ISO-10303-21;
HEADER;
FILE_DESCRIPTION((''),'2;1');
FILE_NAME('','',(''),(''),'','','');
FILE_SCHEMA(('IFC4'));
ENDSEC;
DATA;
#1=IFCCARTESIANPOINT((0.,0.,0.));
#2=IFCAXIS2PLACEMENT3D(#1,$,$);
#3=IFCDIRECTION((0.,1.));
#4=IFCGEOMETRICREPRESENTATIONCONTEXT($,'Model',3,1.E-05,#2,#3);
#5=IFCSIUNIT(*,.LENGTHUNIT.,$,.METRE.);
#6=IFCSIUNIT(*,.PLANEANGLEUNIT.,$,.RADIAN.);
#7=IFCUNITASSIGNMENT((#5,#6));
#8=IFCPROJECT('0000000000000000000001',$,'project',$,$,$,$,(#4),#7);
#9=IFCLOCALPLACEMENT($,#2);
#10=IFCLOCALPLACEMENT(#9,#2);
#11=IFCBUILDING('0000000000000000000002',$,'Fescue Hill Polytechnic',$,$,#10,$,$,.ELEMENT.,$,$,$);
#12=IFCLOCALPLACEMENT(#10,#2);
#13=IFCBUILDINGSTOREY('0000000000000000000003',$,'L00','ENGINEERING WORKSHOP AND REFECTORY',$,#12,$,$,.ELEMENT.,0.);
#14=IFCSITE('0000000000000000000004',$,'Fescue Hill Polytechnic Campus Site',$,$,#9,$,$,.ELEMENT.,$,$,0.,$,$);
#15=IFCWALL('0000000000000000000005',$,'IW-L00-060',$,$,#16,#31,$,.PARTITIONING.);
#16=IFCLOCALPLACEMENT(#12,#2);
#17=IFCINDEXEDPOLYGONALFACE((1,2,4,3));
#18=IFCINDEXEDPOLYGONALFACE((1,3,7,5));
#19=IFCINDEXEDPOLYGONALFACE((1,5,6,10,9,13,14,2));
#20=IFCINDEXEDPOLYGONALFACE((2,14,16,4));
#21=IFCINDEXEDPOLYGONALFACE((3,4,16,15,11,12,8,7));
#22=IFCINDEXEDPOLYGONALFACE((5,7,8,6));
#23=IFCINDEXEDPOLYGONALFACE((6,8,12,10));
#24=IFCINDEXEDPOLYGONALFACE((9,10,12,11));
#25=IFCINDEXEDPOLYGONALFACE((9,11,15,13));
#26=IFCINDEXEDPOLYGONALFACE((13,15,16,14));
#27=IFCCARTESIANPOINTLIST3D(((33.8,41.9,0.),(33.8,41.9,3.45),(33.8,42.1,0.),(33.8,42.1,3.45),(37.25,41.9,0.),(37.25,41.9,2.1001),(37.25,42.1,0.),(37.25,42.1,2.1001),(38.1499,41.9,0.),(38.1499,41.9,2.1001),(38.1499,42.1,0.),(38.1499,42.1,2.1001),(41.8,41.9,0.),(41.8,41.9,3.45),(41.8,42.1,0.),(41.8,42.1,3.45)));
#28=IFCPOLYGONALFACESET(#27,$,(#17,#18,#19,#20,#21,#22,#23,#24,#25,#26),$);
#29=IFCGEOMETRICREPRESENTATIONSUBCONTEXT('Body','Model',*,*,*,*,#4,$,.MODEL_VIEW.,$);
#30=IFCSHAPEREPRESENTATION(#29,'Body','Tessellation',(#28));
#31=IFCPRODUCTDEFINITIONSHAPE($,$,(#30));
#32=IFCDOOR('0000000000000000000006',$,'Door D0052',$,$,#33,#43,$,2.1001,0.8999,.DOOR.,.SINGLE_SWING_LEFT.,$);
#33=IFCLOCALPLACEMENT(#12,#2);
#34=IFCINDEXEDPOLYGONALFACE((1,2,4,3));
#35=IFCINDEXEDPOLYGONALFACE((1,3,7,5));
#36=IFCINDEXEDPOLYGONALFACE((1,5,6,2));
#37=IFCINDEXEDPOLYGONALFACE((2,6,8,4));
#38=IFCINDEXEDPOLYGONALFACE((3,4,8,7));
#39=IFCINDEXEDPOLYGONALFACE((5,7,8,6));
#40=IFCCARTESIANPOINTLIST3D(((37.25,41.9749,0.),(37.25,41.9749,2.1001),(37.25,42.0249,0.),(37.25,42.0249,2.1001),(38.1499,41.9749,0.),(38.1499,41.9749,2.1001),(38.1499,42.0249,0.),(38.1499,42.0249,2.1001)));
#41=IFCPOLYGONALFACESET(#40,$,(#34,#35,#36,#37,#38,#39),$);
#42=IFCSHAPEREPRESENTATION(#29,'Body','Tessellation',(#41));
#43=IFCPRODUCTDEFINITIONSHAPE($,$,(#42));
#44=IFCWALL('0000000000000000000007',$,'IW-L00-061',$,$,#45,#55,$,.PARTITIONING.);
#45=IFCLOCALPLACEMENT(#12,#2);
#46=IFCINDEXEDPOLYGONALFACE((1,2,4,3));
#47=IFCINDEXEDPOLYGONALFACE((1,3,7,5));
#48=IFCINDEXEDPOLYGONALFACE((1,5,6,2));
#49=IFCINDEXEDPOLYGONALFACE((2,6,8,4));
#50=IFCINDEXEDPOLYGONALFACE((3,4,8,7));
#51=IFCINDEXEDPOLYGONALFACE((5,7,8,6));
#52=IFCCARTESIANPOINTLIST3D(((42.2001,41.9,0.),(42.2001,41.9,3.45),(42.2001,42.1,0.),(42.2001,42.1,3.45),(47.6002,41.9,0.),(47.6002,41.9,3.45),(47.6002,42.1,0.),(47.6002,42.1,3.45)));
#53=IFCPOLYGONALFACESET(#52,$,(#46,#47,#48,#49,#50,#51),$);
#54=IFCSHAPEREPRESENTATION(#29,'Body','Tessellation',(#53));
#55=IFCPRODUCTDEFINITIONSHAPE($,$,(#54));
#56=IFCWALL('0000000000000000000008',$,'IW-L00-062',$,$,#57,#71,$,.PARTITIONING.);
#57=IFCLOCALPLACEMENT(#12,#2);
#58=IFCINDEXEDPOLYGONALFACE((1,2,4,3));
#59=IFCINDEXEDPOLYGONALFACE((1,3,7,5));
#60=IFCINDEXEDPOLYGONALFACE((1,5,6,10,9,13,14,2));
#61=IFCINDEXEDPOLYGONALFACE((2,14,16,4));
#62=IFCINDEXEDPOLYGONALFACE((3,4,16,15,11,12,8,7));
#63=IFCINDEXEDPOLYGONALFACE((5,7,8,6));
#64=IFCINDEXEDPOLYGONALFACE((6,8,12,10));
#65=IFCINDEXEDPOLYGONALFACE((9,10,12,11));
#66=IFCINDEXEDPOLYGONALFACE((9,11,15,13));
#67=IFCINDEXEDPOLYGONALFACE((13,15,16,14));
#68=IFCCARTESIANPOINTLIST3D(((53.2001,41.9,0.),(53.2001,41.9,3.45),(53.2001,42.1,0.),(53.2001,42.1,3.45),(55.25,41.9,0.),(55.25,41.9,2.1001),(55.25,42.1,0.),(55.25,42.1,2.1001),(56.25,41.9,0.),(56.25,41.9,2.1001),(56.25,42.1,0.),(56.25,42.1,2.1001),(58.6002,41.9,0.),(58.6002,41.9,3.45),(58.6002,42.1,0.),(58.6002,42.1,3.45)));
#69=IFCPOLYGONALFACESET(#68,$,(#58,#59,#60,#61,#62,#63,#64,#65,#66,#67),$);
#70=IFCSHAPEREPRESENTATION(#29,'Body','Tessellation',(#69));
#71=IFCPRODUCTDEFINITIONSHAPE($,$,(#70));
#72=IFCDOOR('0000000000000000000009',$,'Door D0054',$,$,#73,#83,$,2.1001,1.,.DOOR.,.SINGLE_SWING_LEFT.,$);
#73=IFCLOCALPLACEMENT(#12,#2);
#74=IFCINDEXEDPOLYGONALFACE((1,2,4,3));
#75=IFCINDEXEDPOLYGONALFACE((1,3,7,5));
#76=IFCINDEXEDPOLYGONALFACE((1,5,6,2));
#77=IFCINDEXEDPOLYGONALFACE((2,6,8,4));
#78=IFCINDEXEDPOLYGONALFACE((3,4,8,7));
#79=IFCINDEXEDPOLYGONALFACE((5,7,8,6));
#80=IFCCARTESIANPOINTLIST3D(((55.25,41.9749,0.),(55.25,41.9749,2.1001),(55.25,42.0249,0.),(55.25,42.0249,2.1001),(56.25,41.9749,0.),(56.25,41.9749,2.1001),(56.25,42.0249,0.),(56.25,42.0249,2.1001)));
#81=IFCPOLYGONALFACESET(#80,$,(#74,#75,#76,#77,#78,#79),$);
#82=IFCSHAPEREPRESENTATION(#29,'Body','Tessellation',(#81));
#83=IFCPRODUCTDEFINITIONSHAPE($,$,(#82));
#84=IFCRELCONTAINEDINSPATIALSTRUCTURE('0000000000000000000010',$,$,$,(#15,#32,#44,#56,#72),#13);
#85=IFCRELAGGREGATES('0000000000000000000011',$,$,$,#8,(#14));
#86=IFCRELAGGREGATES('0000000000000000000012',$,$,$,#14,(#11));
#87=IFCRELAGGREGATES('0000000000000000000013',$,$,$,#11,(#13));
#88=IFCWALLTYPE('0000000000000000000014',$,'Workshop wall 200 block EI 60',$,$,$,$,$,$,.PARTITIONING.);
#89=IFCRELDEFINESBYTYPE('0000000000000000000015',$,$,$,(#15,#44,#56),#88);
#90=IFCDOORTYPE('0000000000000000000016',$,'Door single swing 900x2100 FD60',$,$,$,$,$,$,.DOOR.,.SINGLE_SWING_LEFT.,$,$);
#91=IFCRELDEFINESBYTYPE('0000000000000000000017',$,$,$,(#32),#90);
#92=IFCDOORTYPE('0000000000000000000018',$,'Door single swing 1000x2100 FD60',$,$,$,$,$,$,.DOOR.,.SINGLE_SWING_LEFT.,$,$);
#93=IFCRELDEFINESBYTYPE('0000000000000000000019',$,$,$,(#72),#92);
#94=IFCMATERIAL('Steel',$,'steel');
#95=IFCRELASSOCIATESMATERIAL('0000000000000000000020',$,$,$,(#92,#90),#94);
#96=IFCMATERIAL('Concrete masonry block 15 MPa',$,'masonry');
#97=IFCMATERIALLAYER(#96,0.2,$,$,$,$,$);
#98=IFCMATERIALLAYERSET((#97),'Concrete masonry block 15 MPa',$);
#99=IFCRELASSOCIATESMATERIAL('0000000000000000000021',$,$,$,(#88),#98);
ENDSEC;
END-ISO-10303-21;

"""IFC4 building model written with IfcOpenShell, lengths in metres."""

from ifc_helpers import new_model, si_unit, direction, frame, frame_2d, origin, place, context, subcontext, project, spatial, rectangle, extrude, material, layer, layer_set, type_object, element, fill, save


model = new_model("IFC4")

# Units and contexts
model_context = context("Model", 3, precision=1e-05, world=origin(), true_north=direction((0.0, 1.0)))
body_context = subcontext(model_context, "Body", "Model", "MODEL_VIEW")
ifc_project = project(units=[si_unit("LENGTHUNIT", "METRE"), si_unit("PLANEANGLEUNIT", "RADIAN")], contexts=[model_context])

# Site, building, storey
site_placement = place(None, origin())
site = spatial("IfcSite", under=ifc_project, at=site_placement, Name="Fescue Hill Polytechnic Campus Site", CompositionType="ELEMENT", RefElevation=0.0)
building_placement = place(site_placement, origin())
building = spatial("IfcBuilding", under=site, at=building_placement, Name="Fescue Hill Polytechnic", CompositionType="ELEMENT")
storey_placement = place(building_placement, origin())
storey = spatial("IfcBuildingStorey", under=building, at=storey_placement, Name="L00", Description="ENGINEERING WORKSHOP AND REFECTORY", CompositionType="ELEMENT", Elevation=0.0)

# Shared definitions
ifc_material_1 = material(Name="Concrete masonry block 15 MPa", Category="masonry")
ifc_material_2 = material(Name="Steel", Category="steel")
door_type_1 = type_object("IfcDoorType", Name="Door single swing 1000x2100 FD60", OperationType="SINGLE_SWING_LEFT", PredefinedType="DOOR", material=ifc_material_2)

# Wall, opening, door
ifc_layer_1 = layer(ifc_material_1, 0.2)
ifc_layer_set_1 = layer_set([ifc_layer_1], Name="Concrete masonry block 15 MPa")
wall_type_1 = type_object("IfcWallType", Name="Workshop wall 200 block EI 60", PredefinedType="PARTITIONING", material=ifc_layer_set_1)
wall_1_placement = place(storey_placement, frame((33.8, 42.0, 0.0), z_axis=(0.0, 0.0, 1.0), x_axis=(1.0, 0.0, 0.0)))
wall_1 = element("IfcWall", 1, at=wall_1_placement, inside=storey, type_object=wall_type_1, Name="IW-L00-060", PredefinedType="PARTITIONING", context=body_context, shape_type="SweptSolid", body=[
    extrude(rectangle(XDim=8.0, YDim=0.2, at=frame_2d((4.0, 0.0))), origin(), (0.0, 0.0, 1.0), 3.45),
])
opening_1_placement = place(wall_1_placement, frame((3.45, 0.0, 0.0)))
opening_1 = element("IfcOpeningElement", 2, at=opening_1_placement, cuts=wall_1, PredefinedType="OPENING", context=body_context, shape_type="SweptSolid", body=[
    extrude(rectangle(XDim=0.8999, YDim=2.1001, at=frame_2d((0.45, 1.05))), frame((0.0, 0.1099, 0.0), z_axis=(0.0, -1.0, 0.0), x_axis=(1.0, 0.0, 0.0)), (0.0, 0.0, 1.0), 0.22),
])
door_type_2 = type_object("IfcDoorType", Name="Door single swing 900x2100 FD60", OperationType="SINGLE_SWING_LEFT", PredefinedType="DOOR", material=ifc_material_2)
door_1_placement = place(opening_1_placement, origin())
door_1 = element("IfcDoor", 3, at=door_1_placement, inside=storey, type_object=door_type_2, Name="Door D0052", OperationType="SINGLE_SWING_LEFT", OverallHeight=2.1001, OverallWidth=0.8999, PredefinedType="DOOR", context=body_context, shape_type="SweptSolid", body=[
    extrude(rectangle(XDim=0.8999, YDim=2.1001, at=frame_2d((0.45, 1.05))), frame((0.0, 0.0249, 0.0), z_axis=(0.0, -1.0, 0.0), x_axis=(1.0, 0.0, 0.0)), (0.0, 0.0, 1.0), 0.05),
])
fill(opening_1, door_1)

# Wall
wall_2_placement = place(storey_placement, frame((42.2, 42.0, 0.0), z_axis=(0.0, 0.0, 1.0), x_axis=(1.0, 0.0, 0.0)))
element("IfcWall", 4, at=wall_2_placement, inside=storey, type_object=wall_type_1, Name="IW-L00-061", PredefinedType="PARTITIONING", context=body_context, shape_type="SweptSolid", body=[
    extrude(rectangle(XDim=5.4001, YDim=0.2, at=frame_2d((2.7002, 0.0))), origin(), (0.0, 0.0, 1.0), 3.45),
])

# Wall, opening, door
wall_3_placement = place(storey_placement, frame((53.2, 42.0, 0.0), z_axis=(0.0, 0.0, 1.0), x_axis=(1.0, 0.0, 0.0)))
wall_3 = element("IfcWall", 5, at=wall_3_placement, inside=storey, type_object=wall_type_1, Name="IW-L00-062", PredefinedType="PARTITIONING", context=body_context, shape_type="SweptSolid", body=[
    extrude(rectangle(XDim=5.4001, YDim=0.2, at=frame_2d((2.7002, 0.0))), origin(), (0.0, 0.0, 1.0), 3.45),
])
opening_2_placement = place(wall_3_placement, frame((2.05, 0.0, 0.0)))
opening_2 = element("IfcOpeningElement", 6, at=opening_2_placement, cuts=wall_3, PredefinedType="OPENING", context=body_context, shape_type="SweptSolid", body=[
    extrude(rectangle(XDim=1.0, YDim=2.1001, at=frame_2d((0.5, 1.05))), frame((0.0, 0.1099, 0.0), z_axis=(0.0, -1.0, 0.0), x_axis=(1.0, 0.0, 0.0)), (0.0, 0.0, 1.0), 0.22),
])
door_2_placement = place(opening_2_placement, origin())
door_2 = element("IfcDoor", 7, at=door_2_placement, inside=storey, type_object=door_type_1, Name="Door D0054", OperationType="SINGLE_SWING_LEFT", OverallHeight=2.1001, OverallWidth=1.0, PredefinedType="DOOR", context=body_context, shape_type="SweptSolid", body=[
    extrude(rectangle(XDim=1.0, YDim=2.1001, at=frame_2d((0.5, 1.05))), frame((0.0, 0.0249, 0.0), z_axis=(0.0, -1.0, 0.0), x_axis=(1.0, 0.0, 0.0)), (0.0, 0.0, 1.0), 0.05),
])
fill(opening_2, door_2)

save(model, "model.ifc")
